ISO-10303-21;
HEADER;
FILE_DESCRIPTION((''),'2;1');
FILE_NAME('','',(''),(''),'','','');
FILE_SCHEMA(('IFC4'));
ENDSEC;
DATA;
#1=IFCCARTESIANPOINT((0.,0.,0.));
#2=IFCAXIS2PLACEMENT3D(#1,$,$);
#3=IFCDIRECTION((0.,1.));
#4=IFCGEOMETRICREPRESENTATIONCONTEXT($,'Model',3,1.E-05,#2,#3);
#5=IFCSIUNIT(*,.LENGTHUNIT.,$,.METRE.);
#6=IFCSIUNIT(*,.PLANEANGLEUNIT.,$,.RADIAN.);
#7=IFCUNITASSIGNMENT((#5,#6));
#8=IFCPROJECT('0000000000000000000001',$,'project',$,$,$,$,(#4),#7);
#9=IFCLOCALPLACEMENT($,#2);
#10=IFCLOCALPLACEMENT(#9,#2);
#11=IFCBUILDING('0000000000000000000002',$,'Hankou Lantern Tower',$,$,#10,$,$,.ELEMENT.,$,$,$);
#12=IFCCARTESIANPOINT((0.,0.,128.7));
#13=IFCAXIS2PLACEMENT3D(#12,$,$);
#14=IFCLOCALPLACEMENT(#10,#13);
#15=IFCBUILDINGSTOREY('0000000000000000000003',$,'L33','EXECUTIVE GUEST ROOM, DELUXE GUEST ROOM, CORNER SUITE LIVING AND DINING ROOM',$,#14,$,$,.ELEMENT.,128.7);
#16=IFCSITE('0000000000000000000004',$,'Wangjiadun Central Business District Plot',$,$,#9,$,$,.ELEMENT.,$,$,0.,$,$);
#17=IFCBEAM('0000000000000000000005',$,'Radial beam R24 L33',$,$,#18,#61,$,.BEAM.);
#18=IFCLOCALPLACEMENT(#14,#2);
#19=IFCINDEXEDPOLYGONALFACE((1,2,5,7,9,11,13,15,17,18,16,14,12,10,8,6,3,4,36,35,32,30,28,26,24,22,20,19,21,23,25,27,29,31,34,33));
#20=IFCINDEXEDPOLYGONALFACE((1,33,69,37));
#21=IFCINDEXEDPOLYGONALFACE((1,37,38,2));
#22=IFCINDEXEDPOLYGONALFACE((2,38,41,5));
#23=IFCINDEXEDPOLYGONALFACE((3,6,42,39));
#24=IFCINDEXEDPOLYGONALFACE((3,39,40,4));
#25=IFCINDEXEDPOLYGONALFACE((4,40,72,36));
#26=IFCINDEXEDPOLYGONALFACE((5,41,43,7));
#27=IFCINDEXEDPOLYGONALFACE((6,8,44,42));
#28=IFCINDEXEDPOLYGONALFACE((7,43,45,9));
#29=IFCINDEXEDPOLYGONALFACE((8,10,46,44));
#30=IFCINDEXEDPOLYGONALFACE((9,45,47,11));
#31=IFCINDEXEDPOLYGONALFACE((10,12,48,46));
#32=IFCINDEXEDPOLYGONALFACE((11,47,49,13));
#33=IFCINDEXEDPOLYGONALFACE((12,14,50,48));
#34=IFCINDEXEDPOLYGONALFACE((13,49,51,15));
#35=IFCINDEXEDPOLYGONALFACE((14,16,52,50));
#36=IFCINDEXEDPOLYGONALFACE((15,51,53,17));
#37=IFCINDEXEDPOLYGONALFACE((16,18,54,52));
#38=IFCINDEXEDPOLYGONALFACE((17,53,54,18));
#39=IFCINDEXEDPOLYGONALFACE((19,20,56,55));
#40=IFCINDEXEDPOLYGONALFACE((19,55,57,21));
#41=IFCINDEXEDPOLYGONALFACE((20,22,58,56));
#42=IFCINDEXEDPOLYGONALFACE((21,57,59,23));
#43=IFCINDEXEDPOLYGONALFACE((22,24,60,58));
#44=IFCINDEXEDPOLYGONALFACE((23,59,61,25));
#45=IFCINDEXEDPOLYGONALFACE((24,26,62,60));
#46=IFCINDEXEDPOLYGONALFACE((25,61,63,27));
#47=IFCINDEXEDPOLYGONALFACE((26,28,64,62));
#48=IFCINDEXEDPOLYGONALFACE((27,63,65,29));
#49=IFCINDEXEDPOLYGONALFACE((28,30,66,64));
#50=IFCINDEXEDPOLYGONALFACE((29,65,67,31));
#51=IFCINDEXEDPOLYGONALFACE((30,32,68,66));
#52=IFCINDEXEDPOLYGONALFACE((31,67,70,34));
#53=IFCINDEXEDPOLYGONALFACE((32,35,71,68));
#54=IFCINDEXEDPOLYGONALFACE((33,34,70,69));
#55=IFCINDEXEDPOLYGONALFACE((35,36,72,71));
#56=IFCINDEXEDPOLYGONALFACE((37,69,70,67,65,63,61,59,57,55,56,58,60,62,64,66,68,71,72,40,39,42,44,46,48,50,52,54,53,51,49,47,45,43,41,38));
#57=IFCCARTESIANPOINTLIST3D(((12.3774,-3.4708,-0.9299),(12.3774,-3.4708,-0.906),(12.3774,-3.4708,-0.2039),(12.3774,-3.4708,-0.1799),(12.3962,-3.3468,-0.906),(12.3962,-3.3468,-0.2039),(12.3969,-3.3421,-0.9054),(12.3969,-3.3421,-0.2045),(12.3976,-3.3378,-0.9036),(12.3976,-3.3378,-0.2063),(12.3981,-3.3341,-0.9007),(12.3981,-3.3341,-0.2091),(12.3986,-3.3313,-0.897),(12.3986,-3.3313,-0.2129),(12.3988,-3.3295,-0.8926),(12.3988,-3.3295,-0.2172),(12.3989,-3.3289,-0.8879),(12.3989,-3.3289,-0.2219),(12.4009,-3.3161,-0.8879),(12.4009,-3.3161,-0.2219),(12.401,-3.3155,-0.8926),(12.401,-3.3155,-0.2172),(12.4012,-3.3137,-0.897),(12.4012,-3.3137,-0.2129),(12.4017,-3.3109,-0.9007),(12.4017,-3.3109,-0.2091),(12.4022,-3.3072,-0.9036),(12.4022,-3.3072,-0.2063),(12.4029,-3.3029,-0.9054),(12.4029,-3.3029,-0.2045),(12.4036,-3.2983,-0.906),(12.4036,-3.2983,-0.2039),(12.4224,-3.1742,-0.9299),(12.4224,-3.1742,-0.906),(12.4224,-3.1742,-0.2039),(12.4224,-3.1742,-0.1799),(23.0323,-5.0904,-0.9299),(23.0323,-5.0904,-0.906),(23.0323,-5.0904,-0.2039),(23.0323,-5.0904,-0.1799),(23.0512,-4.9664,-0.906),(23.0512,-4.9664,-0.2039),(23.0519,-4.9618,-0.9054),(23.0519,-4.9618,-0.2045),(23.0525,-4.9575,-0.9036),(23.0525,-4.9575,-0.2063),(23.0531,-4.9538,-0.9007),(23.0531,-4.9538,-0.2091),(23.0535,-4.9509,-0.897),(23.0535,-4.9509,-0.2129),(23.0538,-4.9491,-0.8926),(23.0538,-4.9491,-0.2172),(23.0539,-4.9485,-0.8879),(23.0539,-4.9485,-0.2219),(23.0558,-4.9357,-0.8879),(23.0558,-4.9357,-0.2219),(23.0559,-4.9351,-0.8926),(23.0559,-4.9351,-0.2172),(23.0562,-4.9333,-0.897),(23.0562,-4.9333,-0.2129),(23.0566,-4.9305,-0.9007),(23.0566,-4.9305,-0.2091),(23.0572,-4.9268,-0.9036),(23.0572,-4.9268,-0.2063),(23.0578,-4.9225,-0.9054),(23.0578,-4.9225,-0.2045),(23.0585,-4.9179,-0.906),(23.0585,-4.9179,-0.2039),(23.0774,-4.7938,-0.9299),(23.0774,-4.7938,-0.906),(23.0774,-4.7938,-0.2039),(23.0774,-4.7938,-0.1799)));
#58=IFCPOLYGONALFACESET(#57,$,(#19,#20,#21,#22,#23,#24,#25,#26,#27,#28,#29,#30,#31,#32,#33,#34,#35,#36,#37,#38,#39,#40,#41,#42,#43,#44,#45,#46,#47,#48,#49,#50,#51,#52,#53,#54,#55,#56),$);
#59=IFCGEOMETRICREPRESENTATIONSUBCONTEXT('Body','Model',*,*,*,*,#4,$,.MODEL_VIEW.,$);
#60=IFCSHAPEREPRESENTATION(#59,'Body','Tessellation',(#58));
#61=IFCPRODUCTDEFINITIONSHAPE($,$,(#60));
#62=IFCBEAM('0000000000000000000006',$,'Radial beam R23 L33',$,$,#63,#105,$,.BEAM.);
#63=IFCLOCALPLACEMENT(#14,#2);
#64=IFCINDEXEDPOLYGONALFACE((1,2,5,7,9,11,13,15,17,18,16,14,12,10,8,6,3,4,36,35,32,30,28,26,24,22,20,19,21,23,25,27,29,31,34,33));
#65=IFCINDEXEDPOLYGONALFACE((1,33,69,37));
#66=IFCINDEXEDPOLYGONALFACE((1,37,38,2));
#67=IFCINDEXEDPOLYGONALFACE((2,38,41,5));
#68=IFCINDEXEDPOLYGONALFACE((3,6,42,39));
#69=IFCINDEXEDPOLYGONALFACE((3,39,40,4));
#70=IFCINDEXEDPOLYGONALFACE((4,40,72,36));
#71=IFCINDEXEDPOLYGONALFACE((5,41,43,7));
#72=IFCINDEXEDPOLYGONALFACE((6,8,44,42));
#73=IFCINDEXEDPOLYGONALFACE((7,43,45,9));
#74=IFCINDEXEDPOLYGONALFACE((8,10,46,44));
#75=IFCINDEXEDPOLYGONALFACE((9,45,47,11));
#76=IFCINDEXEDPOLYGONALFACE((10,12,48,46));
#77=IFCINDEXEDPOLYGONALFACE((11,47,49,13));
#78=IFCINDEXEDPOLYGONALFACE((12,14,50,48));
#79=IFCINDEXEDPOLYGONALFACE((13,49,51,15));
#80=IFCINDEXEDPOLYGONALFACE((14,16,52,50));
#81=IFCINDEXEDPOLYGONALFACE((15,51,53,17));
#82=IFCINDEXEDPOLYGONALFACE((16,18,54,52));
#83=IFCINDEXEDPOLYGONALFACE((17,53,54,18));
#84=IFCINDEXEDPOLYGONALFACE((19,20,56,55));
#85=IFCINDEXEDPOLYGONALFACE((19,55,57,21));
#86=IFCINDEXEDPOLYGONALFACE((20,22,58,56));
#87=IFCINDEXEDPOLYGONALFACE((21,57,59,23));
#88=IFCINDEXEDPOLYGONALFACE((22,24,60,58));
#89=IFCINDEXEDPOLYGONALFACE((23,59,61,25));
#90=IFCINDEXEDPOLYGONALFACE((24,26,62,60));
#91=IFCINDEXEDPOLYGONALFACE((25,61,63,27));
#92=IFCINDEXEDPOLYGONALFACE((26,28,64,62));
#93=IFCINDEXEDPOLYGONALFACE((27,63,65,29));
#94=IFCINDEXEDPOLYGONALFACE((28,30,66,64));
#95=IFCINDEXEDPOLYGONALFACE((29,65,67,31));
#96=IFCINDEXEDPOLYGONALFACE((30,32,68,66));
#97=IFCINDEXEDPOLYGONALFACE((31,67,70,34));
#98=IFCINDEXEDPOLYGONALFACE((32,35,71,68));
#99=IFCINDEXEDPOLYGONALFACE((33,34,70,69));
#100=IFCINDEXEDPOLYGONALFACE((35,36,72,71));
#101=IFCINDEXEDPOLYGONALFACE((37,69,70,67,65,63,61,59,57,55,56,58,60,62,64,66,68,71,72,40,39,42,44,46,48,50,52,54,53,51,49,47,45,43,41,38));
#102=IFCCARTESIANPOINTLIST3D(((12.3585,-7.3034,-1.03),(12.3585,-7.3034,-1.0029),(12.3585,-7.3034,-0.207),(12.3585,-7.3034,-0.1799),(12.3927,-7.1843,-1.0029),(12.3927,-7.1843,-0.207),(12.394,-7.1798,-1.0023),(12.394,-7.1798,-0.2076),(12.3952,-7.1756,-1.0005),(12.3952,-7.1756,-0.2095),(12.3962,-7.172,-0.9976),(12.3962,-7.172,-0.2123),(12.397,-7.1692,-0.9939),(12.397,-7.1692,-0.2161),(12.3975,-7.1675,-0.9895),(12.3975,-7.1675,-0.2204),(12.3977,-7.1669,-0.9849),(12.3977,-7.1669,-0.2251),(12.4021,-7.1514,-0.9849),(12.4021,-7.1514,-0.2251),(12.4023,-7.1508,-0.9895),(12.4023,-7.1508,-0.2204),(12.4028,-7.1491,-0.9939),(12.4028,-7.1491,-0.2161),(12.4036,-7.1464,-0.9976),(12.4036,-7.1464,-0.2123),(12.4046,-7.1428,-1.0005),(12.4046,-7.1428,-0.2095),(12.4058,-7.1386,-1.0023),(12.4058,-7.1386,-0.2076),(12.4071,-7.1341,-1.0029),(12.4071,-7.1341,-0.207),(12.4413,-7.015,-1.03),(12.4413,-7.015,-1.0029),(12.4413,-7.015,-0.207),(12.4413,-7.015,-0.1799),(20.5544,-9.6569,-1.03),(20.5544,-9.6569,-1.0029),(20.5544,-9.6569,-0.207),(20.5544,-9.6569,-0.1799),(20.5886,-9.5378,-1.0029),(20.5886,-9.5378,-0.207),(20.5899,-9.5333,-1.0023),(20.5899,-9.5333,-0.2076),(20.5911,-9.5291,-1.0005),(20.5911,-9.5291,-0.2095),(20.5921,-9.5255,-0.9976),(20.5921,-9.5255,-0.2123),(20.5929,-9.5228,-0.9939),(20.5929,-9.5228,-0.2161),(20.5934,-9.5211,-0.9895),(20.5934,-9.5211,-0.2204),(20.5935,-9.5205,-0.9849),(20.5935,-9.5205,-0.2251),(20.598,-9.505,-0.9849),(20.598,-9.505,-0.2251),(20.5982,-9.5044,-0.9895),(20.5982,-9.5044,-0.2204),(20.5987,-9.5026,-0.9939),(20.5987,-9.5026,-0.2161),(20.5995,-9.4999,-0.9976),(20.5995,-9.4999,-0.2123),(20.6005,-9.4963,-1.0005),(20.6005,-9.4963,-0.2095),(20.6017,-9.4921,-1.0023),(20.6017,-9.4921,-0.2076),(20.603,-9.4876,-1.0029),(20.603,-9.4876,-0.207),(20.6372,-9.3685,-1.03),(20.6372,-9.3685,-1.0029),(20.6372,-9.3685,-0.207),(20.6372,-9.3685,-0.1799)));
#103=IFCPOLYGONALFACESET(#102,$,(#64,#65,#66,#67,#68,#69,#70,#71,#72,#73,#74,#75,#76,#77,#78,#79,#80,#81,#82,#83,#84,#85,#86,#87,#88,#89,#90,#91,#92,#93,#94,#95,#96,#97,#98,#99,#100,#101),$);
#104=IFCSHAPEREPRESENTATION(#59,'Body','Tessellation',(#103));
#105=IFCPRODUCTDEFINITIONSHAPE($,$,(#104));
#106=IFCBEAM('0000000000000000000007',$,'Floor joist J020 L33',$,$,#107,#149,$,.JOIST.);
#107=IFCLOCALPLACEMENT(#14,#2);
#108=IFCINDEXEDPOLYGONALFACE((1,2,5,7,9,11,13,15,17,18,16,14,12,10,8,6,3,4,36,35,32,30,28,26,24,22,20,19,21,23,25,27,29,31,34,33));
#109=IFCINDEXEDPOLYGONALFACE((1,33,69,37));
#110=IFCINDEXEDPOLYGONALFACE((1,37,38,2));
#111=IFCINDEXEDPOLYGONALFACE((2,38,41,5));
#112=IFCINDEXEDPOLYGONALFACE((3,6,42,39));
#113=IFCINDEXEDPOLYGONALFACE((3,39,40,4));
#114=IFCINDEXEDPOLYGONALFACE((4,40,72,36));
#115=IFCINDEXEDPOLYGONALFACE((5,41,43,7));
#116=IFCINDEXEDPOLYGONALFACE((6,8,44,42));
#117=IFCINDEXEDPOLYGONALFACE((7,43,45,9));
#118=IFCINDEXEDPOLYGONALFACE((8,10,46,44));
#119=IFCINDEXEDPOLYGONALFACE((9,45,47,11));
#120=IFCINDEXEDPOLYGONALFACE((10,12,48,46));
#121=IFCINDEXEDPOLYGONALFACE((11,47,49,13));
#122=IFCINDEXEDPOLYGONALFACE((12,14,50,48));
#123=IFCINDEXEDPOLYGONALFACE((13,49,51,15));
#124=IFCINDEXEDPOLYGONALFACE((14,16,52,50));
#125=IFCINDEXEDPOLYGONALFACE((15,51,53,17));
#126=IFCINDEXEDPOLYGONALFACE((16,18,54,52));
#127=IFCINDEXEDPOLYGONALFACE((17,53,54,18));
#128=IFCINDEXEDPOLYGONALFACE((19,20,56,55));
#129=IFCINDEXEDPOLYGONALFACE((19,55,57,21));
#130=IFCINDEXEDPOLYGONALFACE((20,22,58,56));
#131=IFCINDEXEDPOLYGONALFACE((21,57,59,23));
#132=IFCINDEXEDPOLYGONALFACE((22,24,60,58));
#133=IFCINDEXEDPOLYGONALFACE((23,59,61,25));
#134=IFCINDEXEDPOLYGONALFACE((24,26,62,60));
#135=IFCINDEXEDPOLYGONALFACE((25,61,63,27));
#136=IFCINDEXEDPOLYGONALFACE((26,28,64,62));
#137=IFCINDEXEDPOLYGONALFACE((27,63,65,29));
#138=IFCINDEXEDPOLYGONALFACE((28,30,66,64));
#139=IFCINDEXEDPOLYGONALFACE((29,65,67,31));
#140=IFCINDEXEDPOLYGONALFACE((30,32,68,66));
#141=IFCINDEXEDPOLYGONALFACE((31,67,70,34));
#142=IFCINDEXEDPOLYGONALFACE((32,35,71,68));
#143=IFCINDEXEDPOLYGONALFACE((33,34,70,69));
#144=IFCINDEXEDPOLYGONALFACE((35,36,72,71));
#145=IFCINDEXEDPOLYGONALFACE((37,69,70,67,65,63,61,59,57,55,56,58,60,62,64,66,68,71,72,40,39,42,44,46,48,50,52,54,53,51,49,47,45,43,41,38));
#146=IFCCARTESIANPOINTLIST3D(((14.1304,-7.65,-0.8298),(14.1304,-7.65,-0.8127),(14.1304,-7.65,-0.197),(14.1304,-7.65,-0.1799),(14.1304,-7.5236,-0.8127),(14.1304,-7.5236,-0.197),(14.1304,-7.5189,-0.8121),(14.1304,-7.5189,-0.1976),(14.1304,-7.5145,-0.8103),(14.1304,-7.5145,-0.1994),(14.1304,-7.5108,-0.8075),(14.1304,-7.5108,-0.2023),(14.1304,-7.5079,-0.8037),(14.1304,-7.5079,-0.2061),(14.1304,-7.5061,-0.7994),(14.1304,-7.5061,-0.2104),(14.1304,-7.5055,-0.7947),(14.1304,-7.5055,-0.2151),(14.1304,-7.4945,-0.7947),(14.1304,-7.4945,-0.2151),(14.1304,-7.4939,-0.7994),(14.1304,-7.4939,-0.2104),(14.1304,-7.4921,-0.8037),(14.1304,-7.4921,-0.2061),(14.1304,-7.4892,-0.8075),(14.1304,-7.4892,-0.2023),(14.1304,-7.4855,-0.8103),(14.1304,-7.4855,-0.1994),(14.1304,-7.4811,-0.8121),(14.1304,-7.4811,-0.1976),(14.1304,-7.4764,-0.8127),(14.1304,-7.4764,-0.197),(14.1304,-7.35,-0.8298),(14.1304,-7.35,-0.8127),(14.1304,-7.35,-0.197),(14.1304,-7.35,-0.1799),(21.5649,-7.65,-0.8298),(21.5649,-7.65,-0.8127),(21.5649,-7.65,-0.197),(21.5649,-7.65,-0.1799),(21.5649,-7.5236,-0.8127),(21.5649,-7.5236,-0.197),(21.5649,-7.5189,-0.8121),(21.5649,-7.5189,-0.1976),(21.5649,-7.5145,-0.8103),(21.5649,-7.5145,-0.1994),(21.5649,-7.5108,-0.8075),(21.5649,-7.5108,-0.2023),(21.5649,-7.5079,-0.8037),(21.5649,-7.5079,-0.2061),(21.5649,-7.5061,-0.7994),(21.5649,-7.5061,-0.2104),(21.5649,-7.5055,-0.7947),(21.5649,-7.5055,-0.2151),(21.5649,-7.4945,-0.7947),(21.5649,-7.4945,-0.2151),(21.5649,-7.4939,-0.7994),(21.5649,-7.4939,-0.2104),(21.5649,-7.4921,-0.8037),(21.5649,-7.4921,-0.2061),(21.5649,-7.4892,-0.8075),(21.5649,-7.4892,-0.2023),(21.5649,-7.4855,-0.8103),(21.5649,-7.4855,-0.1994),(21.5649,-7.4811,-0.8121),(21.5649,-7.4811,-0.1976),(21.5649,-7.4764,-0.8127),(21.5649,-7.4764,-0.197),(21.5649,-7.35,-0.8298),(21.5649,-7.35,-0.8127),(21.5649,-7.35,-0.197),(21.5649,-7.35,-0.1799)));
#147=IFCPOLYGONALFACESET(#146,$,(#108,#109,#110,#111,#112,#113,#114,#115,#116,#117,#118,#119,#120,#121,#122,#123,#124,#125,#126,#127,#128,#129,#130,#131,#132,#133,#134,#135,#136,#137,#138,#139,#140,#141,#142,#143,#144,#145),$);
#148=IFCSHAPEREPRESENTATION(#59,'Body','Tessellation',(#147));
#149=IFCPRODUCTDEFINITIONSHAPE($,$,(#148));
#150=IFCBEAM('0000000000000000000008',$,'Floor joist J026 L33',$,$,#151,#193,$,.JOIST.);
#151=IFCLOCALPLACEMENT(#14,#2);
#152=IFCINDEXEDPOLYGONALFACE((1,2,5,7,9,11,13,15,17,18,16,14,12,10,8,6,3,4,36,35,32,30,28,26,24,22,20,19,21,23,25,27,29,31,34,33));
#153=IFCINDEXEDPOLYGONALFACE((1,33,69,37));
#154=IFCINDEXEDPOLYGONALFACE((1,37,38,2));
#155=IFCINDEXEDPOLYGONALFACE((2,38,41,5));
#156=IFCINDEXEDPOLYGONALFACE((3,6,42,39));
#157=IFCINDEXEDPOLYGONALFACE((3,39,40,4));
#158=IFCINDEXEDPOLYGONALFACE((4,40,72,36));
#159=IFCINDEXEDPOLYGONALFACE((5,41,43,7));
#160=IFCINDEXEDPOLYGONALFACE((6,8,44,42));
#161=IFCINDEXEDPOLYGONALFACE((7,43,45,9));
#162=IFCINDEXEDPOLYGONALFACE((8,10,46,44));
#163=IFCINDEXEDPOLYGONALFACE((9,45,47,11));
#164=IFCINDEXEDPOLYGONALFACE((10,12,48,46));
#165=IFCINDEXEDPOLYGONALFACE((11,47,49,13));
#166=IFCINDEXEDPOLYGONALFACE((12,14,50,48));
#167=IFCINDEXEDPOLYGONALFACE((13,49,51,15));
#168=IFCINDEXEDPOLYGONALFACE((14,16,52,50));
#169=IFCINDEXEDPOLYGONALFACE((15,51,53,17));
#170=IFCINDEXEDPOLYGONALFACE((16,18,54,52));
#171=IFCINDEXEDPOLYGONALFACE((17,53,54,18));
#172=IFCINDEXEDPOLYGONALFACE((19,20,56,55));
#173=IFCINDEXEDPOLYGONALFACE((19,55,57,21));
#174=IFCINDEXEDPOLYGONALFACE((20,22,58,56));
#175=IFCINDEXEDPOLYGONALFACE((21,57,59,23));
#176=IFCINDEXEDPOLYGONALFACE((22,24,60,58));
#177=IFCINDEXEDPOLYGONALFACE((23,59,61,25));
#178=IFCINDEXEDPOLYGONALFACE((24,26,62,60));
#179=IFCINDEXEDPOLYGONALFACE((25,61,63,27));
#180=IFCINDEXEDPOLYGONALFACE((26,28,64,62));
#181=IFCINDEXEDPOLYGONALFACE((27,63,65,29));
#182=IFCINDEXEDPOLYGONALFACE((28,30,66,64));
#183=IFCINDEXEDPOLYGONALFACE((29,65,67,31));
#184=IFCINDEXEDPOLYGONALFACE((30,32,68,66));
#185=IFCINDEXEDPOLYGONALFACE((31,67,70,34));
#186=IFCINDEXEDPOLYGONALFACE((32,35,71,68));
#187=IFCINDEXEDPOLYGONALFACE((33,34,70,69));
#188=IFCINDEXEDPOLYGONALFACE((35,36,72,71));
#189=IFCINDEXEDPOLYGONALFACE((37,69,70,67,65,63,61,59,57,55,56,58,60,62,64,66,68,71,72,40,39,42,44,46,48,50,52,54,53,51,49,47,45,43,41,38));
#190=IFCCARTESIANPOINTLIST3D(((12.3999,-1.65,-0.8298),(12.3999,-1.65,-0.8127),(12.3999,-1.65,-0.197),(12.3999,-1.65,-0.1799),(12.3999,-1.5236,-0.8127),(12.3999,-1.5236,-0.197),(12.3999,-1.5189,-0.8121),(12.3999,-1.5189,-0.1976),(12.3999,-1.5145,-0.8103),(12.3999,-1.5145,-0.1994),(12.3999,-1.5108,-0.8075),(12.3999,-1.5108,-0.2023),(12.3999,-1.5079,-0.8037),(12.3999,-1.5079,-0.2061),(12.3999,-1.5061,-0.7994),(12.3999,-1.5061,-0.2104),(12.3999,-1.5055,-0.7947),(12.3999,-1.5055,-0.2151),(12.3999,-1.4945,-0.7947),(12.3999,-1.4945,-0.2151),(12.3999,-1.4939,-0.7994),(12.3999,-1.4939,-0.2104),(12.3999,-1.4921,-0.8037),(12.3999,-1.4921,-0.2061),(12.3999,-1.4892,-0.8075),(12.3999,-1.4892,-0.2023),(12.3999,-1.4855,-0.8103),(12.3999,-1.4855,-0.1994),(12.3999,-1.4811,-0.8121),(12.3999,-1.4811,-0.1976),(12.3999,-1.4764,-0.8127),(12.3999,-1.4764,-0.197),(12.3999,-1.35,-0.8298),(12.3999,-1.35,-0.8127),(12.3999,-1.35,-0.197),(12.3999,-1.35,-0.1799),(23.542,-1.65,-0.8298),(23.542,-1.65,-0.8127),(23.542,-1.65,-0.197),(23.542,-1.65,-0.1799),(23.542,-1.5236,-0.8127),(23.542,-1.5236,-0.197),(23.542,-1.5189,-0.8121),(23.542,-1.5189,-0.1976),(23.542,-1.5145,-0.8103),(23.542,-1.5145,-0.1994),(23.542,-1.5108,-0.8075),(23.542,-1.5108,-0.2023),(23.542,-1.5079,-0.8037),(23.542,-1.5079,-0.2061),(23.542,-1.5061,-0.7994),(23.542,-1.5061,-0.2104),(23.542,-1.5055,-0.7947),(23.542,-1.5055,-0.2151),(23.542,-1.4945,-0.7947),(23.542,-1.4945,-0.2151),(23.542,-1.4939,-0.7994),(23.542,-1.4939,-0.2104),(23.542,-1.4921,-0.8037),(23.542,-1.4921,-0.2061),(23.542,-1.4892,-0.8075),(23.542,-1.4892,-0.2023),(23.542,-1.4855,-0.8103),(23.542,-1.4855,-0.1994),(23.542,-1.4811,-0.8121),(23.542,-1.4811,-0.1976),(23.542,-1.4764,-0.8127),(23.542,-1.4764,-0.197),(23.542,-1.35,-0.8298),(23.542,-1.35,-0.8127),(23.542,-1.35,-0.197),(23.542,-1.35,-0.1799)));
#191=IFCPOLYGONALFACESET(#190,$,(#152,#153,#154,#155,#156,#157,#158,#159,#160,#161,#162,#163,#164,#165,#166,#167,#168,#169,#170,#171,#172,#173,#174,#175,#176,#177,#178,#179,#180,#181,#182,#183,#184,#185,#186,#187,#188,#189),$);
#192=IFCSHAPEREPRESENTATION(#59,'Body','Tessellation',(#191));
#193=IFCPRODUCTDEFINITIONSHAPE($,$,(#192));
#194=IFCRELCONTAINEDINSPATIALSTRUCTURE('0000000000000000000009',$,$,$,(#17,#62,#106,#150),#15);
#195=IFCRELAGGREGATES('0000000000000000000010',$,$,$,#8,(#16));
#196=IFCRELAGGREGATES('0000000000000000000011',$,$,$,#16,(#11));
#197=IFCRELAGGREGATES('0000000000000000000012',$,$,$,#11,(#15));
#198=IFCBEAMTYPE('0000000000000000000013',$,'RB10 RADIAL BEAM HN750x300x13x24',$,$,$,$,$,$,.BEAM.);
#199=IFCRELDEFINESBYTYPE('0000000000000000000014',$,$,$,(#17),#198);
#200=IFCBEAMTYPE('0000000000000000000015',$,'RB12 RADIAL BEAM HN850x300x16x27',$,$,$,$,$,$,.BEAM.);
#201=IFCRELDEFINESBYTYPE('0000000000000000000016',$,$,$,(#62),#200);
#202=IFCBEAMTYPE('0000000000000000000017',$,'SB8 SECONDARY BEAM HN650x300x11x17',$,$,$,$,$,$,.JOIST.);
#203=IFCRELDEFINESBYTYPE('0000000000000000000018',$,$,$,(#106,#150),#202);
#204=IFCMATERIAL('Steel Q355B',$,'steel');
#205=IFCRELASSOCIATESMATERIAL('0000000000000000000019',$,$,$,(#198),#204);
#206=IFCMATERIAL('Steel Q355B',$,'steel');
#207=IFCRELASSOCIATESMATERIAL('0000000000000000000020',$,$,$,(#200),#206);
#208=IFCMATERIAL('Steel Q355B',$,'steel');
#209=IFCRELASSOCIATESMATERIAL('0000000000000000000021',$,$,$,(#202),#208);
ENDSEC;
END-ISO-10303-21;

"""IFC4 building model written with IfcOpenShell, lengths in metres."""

from ifc_helpers import new_model, si_unit, direction, frame, origin, origin_2d, place, context, subcontext, project, spatial, i_section, extrude, material, material_profile, profile_set, type_object, element, save


model = new_model("IFC4")

# Units and contexts
model_context = context("Model", 3, precision=1e-05, world=origin(), true_north=direction((0.0, 1.0)))
body_context = subcontext(model_context, "Body", "Model", "MODEL_VIEW")
ifc_project = project(units=[si_unit("LENGTHUNIT", "METRE"), si_unit("PLANEANGLEUNIT", "RADIAN")], contexts=[model_context])

# Site, building, storey
site_placement = place(None, origin())
site = spatial("IfcSite", under=ifc_project, at=site_placement, Name="Wangjiadun Central Business District Plot", CompositionType="ELEMENT", RefElevation=0.0)
building_placement = place(site_placement, origin())
building = spatial("IfcBuilding", under=site, at=building_placement, Name="Hankou Lantern Tower", CompositionType="ELEMENT")
storey_placement = place(building_placement, frame((0.0, 0.0, 128.7)))
storey = spatial("IfcBuildingStorey", under=building, at=storey_placement, Name="L33", Description="EXECUTIVE GUEST ROOM, DELUXE GUEST ROOM, CORNER SUITE LIVING AND DINING ROOM", CompositionType="ELEMENT", Elevation=128.7)

# Beams
ifc_material_1 = material(Name="Steel Q355B", Category="steel")
ifc_material_profile_1 = material_profile(ifc_material_1, i_section(OverallWidth=0.3, OverallDepth=0.75, WebThickness=0.0129, FlangeThickness=0.0239, FilletRadius=0.0181, at=origin_2d()), Name="HN750x300x13x24")
ifc_profile_set_1 = profile_set([ifc_material_profile_1], Name="Steel Q355B")
beam_type_1 = type_object("IfcBeamType", Name="RB10 RADIAL BEAM HN750x300x13x24", PredefinedType="BEAM", material=ifc_profile_set_1)
beam_1_placement = place(storey_placement, frame((12.3999, -3.3225, -0.5549), z_axis=(0.988644, -0.15028, 0.0), x_axis=(0.15028, 0.988644, 0.0)))
element("IfcBeam", 1, at=beam_1_placement, inside=storey, type_object=beam_type_1, Name="Radial beam R24 L33", PredefinedType="BEAM", context=body_context, shape_type="SweptSolid", body=[
    extrude(i_section(OverallWidth=0.3, OverallDepth=0.75, WebThickness=0.0129, FlangeThickness=0.0239, FilletRadius=0.0181, at=origin_2d()), origin(), (0.0, 0.0, 1.0), 10.7773),
])
ifc_material_2 = material(Name="Steel Q355B", Category="steel")
ifc_material_profile_2 = material_profile(ifc_material_2, i_section(OverallWidth=0.3, OverallDepth=0.8501, WebThickness=0.0161, FlangeThickness=0.0271, FilletRadius=0.0181, at=origin_2d()), Name="HN850x300x16x27")
ifc_profile_set_2 = profile_set([ifc_material_profile_2], Name="Steel Q355B")
beam_type_2 = type_object("IfcBeamType", Name="RB12 RADIAL BEAM HN850x300x16x27", PredefinedType="BEAM", material=ifc_profile_set_2)
beam_2_placement = place(storey_placement, frame((12.3999, -7.1592, -0.605), z_axis=(0.961156, -0.276007, 0.0), x_axis=(0.276007, 0.961156, 0.0)))
element("IfcBeam", 2, at=beam_2_placement, inside=storey, type_object=beam_type_2, Name="Radial beam R23 L33", PredefinedType="BEAM", context=body_context, shape_type="SweptSolid", body=[
    extrude(i_section(OverallWidth=0.3, OverallDepth=0.8501, WebThickness=0.0161, FlangeThickness=0.0271, FilletRadius=0.0181, at=origin_2d()), origin(), (0.0, 0.0, 1.0), 8.5271),
])
ifc_material_3 = material(Name="Steel Q355B", Category="steel")
ifc_material_profile_3 = material_profile(ifc_material_3, i_section(OverallWidth=0.3, OverallDepth=0.6499, WebThickness=0.011, FlangeThickness=0.0171, FilletRadius=0.0181, at=origin_2d()), Name="HN650x300x11x17")
ifc_profile_set_3 = profile_set([ifc_material_profile_3], Name="Steel Q355B")
beam_type_3 = type_object("IfcBeamType", Name="SB8 SECONDARY BEAM HN650x300x11x17", PredefinedType="JOIST", material=ifc_profile_set_3)
beam_3_placement = place(storey_placement, frame((14.1304, -7.5, -0.5049), z_axis=(1.0, 0.0, 0.0), x_axis=(0.0, 1.0, 0.0)))
element("IfcBeam", 3, at=beam_3_placement, inside=storey, type_object=beam_type_3, Name="Floor joist J020 L33", PredefinedType="JOIST", context=body_context, shape_type="SweptSolid", body=[
    extrude(i_section(OverallWidth=0.3, OverallDepth=0.6499, WebThickness=0.011, FlangeThickness=0.0171, FilletRadius=0.0181, at=origin_2d()), origin(), (0.0, 0.0, 1.0), 7.4346),
])
beam_4_placement = place(storey_placement, frame((12.3999, -1.5, -0.5049), z_axis=(1.0, 0.0, 0.0), x_axis=(0.0, 1.0, 0.0)))
element("IfcBeam", 4, at=beam_4_placement, inside=storey, type_object=beam_type_3, Name="Floor joist J026 L33", PredefinedType="JOIST", context=body_context, shape_type="SweptSolid", body=[
    extrude(i_section(OverallWidth=0.3, OverallDepth=0.6499, WebThickness=0.011, FlangeThickness=0.0171, FilletRadius=0.0181, at=origin_2d()), origin(), (0.0, 0.0, 1.0), 11.1421),
])

save(model, "model.ifc")
